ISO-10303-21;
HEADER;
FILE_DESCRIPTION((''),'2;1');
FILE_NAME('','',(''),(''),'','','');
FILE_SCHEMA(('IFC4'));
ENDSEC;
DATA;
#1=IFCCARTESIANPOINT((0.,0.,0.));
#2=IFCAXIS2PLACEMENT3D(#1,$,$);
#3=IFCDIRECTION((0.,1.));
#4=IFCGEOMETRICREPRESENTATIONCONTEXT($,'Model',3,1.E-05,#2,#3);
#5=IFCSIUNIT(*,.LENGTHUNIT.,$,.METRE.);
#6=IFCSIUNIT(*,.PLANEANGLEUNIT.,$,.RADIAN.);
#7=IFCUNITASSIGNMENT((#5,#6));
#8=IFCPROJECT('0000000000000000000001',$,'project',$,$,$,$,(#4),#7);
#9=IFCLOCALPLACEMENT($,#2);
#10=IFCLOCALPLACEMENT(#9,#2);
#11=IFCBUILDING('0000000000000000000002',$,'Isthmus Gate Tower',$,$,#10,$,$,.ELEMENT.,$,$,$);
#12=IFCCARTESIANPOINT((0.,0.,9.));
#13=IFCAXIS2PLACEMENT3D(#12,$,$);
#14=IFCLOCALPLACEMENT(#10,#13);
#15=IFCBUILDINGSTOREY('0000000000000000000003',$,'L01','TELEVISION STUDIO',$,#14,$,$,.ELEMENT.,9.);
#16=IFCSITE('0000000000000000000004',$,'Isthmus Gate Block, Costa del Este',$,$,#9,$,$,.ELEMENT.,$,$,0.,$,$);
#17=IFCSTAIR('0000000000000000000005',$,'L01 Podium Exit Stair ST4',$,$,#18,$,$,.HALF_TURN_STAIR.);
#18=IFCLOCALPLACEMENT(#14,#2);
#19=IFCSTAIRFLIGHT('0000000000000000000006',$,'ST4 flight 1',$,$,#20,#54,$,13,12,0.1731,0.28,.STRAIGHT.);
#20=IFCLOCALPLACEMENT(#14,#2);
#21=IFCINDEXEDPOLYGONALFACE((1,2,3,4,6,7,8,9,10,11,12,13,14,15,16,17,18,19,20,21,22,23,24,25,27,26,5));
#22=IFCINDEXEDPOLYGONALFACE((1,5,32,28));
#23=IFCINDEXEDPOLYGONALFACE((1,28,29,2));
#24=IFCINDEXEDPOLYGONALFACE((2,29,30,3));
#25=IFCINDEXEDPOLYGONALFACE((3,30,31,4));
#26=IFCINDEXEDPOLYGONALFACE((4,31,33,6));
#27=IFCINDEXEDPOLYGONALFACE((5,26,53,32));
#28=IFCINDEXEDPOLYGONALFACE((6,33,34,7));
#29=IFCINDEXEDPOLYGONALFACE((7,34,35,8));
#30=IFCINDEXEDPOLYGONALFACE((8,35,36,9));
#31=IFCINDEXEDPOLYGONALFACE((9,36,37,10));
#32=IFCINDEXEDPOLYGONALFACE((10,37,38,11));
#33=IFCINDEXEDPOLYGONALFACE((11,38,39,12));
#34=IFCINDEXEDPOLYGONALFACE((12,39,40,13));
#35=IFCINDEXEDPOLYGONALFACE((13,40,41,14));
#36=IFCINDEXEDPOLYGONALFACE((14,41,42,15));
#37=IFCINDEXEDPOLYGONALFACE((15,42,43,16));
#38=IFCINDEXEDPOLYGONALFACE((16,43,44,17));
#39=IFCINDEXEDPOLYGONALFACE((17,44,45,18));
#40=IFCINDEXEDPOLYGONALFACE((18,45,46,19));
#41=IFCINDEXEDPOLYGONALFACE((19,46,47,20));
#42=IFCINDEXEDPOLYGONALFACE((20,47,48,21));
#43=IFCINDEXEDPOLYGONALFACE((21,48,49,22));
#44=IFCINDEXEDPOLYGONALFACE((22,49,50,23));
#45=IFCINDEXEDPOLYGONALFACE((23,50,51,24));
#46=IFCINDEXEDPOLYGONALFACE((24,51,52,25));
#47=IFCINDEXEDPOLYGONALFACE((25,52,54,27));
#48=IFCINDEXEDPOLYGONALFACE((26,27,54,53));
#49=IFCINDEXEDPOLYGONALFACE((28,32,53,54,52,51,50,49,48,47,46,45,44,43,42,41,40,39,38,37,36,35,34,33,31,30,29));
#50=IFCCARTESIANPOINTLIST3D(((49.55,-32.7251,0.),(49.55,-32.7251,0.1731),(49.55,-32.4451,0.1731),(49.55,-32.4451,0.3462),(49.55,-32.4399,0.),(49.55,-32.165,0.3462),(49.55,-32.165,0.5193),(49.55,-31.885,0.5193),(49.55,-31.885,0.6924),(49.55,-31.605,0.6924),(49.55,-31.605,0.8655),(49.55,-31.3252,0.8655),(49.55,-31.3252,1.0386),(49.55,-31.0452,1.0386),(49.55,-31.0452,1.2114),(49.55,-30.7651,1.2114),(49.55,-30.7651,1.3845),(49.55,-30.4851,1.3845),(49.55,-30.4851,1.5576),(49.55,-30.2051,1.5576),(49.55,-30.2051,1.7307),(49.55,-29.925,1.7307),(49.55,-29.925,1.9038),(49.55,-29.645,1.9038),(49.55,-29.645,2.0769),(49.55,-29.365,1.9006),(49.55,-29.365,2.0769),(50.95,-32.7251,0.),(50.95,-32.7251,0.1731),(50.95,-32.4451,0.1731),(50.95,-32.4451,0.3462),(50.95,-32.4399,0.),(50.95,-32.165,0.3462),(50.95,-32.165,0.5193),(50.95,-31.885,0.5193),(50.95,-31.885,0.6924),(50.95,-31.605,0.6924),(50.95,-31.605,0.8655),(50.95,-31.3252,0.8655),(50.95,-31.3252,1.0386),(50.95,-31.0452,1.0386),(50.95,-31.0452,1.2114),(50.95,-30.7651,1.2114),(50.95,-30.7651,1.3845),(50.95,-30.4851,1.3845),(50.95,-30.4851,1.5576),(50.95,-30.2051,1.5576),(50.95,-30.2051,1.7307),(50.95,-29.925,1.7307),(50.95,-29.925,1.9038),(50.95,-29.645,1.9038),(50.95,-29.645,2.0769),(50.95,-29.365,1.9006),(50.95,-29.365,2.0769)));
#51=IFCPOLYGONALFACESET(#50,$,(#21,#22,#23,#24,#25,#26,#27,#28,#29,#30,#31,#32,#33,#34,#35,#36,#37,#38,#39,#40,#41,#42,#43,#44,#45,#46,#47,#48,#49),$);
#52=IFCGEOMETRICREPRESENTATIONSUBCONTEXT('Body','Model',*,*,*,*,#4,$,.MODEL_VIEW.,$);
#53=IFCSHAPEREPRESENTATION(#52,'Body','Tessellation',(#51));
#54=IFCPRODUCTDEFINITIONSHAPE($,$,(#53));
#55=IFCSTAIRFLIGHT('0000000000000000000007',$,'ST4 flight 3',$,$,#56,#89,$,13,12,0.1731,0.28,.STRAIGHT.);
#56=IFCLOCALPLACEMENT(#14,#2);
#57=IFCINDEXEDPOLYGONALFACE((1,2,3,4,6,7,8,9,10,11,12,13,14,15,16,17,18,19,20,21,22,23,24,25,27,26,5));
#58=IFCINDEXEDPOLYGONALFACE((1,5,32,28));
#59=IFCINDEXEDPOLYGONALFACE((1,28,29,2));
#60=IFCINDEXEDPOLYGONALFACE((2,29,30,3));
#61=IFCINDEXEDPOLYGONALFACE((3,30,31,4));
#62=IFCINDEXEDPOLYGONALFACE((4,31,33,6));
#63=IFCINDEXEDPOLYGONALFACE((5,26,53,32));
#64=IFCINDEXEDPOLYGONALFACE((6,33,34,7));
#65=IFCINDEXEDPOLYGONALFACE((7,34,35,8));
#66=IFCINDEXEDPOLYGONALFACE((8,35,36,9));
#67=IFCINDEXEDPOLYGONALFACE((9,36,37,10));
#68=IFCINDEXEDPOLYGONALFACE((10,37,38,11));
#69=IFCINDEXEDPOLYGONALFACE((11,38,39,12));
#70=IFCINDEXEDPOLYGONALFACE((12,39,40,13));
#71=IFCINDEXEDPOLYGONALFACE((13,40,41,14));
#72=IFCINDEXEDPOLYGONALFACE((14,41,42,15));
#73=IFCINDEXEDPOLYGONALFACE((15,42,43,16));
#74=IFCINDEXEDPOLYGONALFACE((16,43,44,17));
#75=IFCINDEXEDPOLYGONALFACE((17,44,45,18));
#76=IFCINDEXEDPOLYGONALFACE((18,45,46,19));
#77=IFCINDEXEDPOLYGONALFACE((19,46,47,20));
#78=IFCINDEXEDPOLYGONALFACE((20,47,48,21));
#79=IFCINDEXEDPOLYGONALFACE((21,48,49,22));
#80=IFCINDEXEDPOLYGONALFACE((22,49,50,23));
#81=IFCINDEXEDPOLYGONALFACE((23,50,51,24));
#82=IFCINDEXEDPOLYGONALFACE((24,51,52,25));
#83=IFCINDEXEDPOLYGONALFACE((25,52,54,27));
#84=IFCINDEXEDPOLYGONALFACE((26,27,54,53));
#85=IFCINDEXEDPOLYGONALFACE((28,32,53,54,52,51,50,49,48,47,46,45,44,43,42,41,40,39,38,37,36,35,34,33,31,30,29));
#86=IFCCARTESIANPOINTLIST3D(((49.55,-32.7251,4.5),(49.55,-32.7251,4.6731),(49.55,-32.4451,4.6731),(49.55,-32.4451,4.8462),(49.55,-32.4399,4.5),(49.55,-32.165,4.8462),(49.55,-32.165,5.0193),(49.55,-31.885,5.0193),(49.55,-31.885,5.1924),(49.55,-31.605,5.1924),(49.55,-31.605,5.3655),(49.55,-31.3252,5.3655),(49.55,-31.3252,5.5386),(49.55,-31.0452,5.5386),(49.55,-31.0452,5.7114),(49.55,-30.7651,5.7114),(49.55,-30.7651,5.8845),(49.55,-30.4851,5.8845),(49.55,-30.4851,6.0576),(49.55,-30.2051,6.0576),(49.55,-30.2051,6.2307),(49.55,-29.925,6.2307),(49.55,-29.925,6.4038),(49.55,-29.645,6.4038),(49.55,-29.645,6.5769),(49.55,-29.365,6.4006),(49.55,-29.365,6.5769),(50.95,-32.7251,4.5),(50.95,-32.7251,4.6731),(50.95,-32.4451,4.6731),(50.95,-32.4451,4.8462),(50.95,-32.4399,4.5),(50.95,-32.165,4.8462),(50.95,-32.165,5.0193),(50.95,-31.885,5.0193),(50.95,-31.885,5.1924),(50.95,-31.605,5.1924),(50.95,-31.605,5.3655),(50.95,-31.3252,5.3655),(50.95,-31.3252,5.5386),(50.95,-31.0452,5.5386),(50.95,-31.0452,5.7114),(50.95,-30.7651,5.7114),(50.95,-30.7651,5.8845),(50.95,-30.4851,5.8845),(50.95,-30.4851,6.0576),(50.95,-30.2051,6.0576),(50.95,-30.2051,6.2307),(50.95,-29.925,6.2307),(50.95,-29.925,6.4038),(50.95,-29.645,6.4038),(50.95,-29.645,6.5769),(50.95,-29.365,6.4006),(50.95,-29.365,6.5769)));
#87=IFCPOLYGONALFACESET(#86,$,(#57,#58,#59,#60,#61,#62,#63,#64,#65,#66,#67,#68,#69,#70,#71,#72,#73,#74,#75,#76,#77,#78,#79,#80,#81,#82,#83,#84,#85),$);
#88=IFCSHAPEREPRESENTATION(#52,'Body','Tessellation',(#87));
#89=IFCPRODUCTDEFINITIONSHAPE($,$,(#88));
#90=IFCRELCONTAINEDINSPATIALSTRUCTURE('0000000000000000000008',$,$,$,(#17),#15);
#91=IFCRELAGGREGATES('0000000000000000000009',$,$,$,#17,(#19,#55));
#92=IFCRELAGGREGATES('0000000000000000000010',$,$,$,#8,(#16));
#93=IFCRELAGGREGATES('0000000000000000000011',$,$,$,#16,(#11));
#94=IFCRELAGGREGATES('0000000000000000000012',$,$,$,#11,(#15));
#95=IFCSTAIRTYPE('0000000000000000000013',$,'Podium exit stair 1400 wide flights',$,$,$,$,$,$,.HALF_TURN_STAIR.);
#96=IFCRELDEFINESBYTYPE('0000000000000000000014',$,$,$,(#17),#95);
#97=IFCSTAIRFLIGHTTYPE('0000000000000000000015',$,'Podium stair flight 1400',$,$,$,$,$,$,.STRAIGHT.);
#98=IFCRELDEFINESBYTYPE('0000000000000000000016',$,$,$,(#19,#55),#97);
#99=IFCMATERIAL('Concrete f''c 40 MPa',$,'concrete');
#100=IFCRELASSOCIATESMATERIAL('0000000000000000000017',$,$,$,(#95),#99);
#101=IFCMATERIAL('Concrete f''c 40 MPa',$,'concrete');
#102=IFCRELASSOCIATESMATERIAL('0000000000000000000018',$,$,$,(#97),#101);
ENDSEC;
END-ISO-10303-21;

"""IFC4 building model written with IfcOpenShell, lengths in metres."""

from ifc_helpers import new_model, si_unit, direction, frame, origin, place, context, subcontext, project, spatial, polyline, outline, extrude, material, type_object, element, aggregate, save


model = new_model("IFC4")

# Units and contexts
model_context = context("Model", 3, precision=1e-05, world=origin(), true_north=direction((0.0, 1.0)))
body_context = subcontext(model_context, "Body", "Model", "MODEL_VIEW")
ifc_project = project(units=[si_unit("LENGTHUNIT", "METRE"), si_unit("PLANEANGLEUNIT", "RADIAN")], contexts=[model_context])

# Site, building, storey
site_placement = place(None, origin())
site = spatial("IfcSite", under=ifc_project, at=site_placement, Name="Isthmus Gate Block, Costa del Este", CompositionType="ELEMENT", RefElevation=0.0)
building_placement = place(site_placement, origin())
building = spatial("IfcBuilding", under=site, at=building_placement, Name="Isthmus Gate Tower", CompositionType="ELEMENT")
storey_placement = place(building_placement, frame((0.0, 0.0, 9.0)))
storey = spatial("IfcBuildingStorey", under=building, at=storey_placement, Name="L01", Description="TELEVISION STUDIO", CompositionType="ELEMENT", Elevation=9.0)

# Stair, stair flights
ifc_material_1 = material(Name="Concrete f'c 40 MPa", Category="concrete")
stair_type = type_object("IfcStairType", Name="Podium exit stair 1400 wide flights", PredefinedType="HALF_TURN_STAIR", material=ifc_material_1)
stair_placement = place(storey_placement, origin())
stair = element("IfcStair", 1, at=stair_placement, inside=storey, type_object=stair_type, Name="L01 Podium Exit Stair ST4", PredefinedType="HALF_TURN_STAIR")
ifc_material_2 = material(Name="Concrete f'c 40 MPa", Category="concrete")
stair_flight_type = type_object("IfcStairFlightType", Name="Podium stair flight 1400", PredefinedType="STRAIGHT", material=ifc_material_2)
stair_flight_1_placement = place(storey_placement, frame((50.25, -32.7251, 0.0), z_axis=(0.0, 0.0, 1.0), x_axis=(0.0, 1.0, 0.0)))
stair_flight_1 = element("IfcStairFlight", 2, at=stair_flight_1_placement, type_object=stair_flight_type, Name="ST4 flight 1", NumberOfRisers=13, NumberOfTreads=12, PredefinedType="STRAIGHT", RiserHeight=0.1731, TreadLength=0.28, context=body_context, shape_type="SweptSolid", body=[
    extrude(outline(polyline([(0.0, 0.0), (0.0, 0.1731), (0.28, 0.1731), (0.28, 0.3462), (0.5601, 0.3462), (0.5601, 0.5193), (0.8401, 0.5193), (0.8401, 0.6924), (1.1201, 0.6924), (1.1201, 0.8655), (1.3999, 0.8655), (1.3999, 1.0386), (1.6799, 1.0386), (1.6799, 1.2114), (1.96, 1.2114), (1.96, 1.3845), (2.24, 1.3845), (2.24, 1.5576), (2.52, 1.5576), (2.52, 1.7307), (2.8, 1.7307), (2.8, 1.9038), (3.0801, 1.9038), (3.0801, 2.0769), (3.3601, 2.0769), (3.3601, 2.25), (3.3601, 1.9006), (0.2852, 0.0), (0.0, 0.0)])), frame((0.0, 0.7, 0.0), z_axis=(0.0, -1.0, 0.0), x_axis=(1.0, 0.0, 0.0)), (0.0, 0.0, 1.0), 1.3999),
])
stair_flight_2_placement = place(storey_placement, frame((50.25, -32.7251, 4.5), z_axis=(0.0, 0.0, 1.0), x_axis=(0.0, 1.0, 0.0)))
stair_flight_2 = element("IfcStairFlight", 3, at=stair_flight_2_placement, type_object=stair_flight_type, Name="ST4 flight 3", NumberOfRisers=13, NumberOfTreads=12, PredefinedType="STRAIGHT", RiserHeight=0.1731, TreadLength=0.28, context=body_context, shape_type="SweptSolid", body=[
    extrude(outline(polyline([(0.0, 0.0), (0.0, 0.1731), (0.28, 0.1731), (0.28, 0.3462), (0.5601, 0.3462), (0.5601, 0.5193), (0.8401, 0.5193), (0.8401, 0.6924), (1.1201, 0.6924), (1.1201, 0.8655), (1.3999, 0.8655), (1.3999, 1.0386), (1.6799, 1.0386), (1.6799, 1.2114), (1.96, 1.2114), (1.96, 1.3845), (2.24, 1.3845), (2.24, 1.5576), (2.52, 1.5576), (2.52, 1.7307), (2.8, 1.7307), (2.8, 1.9038), (3.0801, 1.9038), (3.0801, 2.0769), (3.3601, 2.0769), (3.3601, 2.25), (3.3601, 1.9006), (0.2852, 0.0), (0.0, 0.0)])), frame((0.0, 0.7, 0.0), z_axis=(0.0, -1.0, 0.0), x_axis=(1.0, 0.0, 0.0)), (0.0, 0.0, 1.0), 1.3999),
])
aggregate(stair, [stair_flight_1, stair_flight_2])

save(model, "model.ifc")
